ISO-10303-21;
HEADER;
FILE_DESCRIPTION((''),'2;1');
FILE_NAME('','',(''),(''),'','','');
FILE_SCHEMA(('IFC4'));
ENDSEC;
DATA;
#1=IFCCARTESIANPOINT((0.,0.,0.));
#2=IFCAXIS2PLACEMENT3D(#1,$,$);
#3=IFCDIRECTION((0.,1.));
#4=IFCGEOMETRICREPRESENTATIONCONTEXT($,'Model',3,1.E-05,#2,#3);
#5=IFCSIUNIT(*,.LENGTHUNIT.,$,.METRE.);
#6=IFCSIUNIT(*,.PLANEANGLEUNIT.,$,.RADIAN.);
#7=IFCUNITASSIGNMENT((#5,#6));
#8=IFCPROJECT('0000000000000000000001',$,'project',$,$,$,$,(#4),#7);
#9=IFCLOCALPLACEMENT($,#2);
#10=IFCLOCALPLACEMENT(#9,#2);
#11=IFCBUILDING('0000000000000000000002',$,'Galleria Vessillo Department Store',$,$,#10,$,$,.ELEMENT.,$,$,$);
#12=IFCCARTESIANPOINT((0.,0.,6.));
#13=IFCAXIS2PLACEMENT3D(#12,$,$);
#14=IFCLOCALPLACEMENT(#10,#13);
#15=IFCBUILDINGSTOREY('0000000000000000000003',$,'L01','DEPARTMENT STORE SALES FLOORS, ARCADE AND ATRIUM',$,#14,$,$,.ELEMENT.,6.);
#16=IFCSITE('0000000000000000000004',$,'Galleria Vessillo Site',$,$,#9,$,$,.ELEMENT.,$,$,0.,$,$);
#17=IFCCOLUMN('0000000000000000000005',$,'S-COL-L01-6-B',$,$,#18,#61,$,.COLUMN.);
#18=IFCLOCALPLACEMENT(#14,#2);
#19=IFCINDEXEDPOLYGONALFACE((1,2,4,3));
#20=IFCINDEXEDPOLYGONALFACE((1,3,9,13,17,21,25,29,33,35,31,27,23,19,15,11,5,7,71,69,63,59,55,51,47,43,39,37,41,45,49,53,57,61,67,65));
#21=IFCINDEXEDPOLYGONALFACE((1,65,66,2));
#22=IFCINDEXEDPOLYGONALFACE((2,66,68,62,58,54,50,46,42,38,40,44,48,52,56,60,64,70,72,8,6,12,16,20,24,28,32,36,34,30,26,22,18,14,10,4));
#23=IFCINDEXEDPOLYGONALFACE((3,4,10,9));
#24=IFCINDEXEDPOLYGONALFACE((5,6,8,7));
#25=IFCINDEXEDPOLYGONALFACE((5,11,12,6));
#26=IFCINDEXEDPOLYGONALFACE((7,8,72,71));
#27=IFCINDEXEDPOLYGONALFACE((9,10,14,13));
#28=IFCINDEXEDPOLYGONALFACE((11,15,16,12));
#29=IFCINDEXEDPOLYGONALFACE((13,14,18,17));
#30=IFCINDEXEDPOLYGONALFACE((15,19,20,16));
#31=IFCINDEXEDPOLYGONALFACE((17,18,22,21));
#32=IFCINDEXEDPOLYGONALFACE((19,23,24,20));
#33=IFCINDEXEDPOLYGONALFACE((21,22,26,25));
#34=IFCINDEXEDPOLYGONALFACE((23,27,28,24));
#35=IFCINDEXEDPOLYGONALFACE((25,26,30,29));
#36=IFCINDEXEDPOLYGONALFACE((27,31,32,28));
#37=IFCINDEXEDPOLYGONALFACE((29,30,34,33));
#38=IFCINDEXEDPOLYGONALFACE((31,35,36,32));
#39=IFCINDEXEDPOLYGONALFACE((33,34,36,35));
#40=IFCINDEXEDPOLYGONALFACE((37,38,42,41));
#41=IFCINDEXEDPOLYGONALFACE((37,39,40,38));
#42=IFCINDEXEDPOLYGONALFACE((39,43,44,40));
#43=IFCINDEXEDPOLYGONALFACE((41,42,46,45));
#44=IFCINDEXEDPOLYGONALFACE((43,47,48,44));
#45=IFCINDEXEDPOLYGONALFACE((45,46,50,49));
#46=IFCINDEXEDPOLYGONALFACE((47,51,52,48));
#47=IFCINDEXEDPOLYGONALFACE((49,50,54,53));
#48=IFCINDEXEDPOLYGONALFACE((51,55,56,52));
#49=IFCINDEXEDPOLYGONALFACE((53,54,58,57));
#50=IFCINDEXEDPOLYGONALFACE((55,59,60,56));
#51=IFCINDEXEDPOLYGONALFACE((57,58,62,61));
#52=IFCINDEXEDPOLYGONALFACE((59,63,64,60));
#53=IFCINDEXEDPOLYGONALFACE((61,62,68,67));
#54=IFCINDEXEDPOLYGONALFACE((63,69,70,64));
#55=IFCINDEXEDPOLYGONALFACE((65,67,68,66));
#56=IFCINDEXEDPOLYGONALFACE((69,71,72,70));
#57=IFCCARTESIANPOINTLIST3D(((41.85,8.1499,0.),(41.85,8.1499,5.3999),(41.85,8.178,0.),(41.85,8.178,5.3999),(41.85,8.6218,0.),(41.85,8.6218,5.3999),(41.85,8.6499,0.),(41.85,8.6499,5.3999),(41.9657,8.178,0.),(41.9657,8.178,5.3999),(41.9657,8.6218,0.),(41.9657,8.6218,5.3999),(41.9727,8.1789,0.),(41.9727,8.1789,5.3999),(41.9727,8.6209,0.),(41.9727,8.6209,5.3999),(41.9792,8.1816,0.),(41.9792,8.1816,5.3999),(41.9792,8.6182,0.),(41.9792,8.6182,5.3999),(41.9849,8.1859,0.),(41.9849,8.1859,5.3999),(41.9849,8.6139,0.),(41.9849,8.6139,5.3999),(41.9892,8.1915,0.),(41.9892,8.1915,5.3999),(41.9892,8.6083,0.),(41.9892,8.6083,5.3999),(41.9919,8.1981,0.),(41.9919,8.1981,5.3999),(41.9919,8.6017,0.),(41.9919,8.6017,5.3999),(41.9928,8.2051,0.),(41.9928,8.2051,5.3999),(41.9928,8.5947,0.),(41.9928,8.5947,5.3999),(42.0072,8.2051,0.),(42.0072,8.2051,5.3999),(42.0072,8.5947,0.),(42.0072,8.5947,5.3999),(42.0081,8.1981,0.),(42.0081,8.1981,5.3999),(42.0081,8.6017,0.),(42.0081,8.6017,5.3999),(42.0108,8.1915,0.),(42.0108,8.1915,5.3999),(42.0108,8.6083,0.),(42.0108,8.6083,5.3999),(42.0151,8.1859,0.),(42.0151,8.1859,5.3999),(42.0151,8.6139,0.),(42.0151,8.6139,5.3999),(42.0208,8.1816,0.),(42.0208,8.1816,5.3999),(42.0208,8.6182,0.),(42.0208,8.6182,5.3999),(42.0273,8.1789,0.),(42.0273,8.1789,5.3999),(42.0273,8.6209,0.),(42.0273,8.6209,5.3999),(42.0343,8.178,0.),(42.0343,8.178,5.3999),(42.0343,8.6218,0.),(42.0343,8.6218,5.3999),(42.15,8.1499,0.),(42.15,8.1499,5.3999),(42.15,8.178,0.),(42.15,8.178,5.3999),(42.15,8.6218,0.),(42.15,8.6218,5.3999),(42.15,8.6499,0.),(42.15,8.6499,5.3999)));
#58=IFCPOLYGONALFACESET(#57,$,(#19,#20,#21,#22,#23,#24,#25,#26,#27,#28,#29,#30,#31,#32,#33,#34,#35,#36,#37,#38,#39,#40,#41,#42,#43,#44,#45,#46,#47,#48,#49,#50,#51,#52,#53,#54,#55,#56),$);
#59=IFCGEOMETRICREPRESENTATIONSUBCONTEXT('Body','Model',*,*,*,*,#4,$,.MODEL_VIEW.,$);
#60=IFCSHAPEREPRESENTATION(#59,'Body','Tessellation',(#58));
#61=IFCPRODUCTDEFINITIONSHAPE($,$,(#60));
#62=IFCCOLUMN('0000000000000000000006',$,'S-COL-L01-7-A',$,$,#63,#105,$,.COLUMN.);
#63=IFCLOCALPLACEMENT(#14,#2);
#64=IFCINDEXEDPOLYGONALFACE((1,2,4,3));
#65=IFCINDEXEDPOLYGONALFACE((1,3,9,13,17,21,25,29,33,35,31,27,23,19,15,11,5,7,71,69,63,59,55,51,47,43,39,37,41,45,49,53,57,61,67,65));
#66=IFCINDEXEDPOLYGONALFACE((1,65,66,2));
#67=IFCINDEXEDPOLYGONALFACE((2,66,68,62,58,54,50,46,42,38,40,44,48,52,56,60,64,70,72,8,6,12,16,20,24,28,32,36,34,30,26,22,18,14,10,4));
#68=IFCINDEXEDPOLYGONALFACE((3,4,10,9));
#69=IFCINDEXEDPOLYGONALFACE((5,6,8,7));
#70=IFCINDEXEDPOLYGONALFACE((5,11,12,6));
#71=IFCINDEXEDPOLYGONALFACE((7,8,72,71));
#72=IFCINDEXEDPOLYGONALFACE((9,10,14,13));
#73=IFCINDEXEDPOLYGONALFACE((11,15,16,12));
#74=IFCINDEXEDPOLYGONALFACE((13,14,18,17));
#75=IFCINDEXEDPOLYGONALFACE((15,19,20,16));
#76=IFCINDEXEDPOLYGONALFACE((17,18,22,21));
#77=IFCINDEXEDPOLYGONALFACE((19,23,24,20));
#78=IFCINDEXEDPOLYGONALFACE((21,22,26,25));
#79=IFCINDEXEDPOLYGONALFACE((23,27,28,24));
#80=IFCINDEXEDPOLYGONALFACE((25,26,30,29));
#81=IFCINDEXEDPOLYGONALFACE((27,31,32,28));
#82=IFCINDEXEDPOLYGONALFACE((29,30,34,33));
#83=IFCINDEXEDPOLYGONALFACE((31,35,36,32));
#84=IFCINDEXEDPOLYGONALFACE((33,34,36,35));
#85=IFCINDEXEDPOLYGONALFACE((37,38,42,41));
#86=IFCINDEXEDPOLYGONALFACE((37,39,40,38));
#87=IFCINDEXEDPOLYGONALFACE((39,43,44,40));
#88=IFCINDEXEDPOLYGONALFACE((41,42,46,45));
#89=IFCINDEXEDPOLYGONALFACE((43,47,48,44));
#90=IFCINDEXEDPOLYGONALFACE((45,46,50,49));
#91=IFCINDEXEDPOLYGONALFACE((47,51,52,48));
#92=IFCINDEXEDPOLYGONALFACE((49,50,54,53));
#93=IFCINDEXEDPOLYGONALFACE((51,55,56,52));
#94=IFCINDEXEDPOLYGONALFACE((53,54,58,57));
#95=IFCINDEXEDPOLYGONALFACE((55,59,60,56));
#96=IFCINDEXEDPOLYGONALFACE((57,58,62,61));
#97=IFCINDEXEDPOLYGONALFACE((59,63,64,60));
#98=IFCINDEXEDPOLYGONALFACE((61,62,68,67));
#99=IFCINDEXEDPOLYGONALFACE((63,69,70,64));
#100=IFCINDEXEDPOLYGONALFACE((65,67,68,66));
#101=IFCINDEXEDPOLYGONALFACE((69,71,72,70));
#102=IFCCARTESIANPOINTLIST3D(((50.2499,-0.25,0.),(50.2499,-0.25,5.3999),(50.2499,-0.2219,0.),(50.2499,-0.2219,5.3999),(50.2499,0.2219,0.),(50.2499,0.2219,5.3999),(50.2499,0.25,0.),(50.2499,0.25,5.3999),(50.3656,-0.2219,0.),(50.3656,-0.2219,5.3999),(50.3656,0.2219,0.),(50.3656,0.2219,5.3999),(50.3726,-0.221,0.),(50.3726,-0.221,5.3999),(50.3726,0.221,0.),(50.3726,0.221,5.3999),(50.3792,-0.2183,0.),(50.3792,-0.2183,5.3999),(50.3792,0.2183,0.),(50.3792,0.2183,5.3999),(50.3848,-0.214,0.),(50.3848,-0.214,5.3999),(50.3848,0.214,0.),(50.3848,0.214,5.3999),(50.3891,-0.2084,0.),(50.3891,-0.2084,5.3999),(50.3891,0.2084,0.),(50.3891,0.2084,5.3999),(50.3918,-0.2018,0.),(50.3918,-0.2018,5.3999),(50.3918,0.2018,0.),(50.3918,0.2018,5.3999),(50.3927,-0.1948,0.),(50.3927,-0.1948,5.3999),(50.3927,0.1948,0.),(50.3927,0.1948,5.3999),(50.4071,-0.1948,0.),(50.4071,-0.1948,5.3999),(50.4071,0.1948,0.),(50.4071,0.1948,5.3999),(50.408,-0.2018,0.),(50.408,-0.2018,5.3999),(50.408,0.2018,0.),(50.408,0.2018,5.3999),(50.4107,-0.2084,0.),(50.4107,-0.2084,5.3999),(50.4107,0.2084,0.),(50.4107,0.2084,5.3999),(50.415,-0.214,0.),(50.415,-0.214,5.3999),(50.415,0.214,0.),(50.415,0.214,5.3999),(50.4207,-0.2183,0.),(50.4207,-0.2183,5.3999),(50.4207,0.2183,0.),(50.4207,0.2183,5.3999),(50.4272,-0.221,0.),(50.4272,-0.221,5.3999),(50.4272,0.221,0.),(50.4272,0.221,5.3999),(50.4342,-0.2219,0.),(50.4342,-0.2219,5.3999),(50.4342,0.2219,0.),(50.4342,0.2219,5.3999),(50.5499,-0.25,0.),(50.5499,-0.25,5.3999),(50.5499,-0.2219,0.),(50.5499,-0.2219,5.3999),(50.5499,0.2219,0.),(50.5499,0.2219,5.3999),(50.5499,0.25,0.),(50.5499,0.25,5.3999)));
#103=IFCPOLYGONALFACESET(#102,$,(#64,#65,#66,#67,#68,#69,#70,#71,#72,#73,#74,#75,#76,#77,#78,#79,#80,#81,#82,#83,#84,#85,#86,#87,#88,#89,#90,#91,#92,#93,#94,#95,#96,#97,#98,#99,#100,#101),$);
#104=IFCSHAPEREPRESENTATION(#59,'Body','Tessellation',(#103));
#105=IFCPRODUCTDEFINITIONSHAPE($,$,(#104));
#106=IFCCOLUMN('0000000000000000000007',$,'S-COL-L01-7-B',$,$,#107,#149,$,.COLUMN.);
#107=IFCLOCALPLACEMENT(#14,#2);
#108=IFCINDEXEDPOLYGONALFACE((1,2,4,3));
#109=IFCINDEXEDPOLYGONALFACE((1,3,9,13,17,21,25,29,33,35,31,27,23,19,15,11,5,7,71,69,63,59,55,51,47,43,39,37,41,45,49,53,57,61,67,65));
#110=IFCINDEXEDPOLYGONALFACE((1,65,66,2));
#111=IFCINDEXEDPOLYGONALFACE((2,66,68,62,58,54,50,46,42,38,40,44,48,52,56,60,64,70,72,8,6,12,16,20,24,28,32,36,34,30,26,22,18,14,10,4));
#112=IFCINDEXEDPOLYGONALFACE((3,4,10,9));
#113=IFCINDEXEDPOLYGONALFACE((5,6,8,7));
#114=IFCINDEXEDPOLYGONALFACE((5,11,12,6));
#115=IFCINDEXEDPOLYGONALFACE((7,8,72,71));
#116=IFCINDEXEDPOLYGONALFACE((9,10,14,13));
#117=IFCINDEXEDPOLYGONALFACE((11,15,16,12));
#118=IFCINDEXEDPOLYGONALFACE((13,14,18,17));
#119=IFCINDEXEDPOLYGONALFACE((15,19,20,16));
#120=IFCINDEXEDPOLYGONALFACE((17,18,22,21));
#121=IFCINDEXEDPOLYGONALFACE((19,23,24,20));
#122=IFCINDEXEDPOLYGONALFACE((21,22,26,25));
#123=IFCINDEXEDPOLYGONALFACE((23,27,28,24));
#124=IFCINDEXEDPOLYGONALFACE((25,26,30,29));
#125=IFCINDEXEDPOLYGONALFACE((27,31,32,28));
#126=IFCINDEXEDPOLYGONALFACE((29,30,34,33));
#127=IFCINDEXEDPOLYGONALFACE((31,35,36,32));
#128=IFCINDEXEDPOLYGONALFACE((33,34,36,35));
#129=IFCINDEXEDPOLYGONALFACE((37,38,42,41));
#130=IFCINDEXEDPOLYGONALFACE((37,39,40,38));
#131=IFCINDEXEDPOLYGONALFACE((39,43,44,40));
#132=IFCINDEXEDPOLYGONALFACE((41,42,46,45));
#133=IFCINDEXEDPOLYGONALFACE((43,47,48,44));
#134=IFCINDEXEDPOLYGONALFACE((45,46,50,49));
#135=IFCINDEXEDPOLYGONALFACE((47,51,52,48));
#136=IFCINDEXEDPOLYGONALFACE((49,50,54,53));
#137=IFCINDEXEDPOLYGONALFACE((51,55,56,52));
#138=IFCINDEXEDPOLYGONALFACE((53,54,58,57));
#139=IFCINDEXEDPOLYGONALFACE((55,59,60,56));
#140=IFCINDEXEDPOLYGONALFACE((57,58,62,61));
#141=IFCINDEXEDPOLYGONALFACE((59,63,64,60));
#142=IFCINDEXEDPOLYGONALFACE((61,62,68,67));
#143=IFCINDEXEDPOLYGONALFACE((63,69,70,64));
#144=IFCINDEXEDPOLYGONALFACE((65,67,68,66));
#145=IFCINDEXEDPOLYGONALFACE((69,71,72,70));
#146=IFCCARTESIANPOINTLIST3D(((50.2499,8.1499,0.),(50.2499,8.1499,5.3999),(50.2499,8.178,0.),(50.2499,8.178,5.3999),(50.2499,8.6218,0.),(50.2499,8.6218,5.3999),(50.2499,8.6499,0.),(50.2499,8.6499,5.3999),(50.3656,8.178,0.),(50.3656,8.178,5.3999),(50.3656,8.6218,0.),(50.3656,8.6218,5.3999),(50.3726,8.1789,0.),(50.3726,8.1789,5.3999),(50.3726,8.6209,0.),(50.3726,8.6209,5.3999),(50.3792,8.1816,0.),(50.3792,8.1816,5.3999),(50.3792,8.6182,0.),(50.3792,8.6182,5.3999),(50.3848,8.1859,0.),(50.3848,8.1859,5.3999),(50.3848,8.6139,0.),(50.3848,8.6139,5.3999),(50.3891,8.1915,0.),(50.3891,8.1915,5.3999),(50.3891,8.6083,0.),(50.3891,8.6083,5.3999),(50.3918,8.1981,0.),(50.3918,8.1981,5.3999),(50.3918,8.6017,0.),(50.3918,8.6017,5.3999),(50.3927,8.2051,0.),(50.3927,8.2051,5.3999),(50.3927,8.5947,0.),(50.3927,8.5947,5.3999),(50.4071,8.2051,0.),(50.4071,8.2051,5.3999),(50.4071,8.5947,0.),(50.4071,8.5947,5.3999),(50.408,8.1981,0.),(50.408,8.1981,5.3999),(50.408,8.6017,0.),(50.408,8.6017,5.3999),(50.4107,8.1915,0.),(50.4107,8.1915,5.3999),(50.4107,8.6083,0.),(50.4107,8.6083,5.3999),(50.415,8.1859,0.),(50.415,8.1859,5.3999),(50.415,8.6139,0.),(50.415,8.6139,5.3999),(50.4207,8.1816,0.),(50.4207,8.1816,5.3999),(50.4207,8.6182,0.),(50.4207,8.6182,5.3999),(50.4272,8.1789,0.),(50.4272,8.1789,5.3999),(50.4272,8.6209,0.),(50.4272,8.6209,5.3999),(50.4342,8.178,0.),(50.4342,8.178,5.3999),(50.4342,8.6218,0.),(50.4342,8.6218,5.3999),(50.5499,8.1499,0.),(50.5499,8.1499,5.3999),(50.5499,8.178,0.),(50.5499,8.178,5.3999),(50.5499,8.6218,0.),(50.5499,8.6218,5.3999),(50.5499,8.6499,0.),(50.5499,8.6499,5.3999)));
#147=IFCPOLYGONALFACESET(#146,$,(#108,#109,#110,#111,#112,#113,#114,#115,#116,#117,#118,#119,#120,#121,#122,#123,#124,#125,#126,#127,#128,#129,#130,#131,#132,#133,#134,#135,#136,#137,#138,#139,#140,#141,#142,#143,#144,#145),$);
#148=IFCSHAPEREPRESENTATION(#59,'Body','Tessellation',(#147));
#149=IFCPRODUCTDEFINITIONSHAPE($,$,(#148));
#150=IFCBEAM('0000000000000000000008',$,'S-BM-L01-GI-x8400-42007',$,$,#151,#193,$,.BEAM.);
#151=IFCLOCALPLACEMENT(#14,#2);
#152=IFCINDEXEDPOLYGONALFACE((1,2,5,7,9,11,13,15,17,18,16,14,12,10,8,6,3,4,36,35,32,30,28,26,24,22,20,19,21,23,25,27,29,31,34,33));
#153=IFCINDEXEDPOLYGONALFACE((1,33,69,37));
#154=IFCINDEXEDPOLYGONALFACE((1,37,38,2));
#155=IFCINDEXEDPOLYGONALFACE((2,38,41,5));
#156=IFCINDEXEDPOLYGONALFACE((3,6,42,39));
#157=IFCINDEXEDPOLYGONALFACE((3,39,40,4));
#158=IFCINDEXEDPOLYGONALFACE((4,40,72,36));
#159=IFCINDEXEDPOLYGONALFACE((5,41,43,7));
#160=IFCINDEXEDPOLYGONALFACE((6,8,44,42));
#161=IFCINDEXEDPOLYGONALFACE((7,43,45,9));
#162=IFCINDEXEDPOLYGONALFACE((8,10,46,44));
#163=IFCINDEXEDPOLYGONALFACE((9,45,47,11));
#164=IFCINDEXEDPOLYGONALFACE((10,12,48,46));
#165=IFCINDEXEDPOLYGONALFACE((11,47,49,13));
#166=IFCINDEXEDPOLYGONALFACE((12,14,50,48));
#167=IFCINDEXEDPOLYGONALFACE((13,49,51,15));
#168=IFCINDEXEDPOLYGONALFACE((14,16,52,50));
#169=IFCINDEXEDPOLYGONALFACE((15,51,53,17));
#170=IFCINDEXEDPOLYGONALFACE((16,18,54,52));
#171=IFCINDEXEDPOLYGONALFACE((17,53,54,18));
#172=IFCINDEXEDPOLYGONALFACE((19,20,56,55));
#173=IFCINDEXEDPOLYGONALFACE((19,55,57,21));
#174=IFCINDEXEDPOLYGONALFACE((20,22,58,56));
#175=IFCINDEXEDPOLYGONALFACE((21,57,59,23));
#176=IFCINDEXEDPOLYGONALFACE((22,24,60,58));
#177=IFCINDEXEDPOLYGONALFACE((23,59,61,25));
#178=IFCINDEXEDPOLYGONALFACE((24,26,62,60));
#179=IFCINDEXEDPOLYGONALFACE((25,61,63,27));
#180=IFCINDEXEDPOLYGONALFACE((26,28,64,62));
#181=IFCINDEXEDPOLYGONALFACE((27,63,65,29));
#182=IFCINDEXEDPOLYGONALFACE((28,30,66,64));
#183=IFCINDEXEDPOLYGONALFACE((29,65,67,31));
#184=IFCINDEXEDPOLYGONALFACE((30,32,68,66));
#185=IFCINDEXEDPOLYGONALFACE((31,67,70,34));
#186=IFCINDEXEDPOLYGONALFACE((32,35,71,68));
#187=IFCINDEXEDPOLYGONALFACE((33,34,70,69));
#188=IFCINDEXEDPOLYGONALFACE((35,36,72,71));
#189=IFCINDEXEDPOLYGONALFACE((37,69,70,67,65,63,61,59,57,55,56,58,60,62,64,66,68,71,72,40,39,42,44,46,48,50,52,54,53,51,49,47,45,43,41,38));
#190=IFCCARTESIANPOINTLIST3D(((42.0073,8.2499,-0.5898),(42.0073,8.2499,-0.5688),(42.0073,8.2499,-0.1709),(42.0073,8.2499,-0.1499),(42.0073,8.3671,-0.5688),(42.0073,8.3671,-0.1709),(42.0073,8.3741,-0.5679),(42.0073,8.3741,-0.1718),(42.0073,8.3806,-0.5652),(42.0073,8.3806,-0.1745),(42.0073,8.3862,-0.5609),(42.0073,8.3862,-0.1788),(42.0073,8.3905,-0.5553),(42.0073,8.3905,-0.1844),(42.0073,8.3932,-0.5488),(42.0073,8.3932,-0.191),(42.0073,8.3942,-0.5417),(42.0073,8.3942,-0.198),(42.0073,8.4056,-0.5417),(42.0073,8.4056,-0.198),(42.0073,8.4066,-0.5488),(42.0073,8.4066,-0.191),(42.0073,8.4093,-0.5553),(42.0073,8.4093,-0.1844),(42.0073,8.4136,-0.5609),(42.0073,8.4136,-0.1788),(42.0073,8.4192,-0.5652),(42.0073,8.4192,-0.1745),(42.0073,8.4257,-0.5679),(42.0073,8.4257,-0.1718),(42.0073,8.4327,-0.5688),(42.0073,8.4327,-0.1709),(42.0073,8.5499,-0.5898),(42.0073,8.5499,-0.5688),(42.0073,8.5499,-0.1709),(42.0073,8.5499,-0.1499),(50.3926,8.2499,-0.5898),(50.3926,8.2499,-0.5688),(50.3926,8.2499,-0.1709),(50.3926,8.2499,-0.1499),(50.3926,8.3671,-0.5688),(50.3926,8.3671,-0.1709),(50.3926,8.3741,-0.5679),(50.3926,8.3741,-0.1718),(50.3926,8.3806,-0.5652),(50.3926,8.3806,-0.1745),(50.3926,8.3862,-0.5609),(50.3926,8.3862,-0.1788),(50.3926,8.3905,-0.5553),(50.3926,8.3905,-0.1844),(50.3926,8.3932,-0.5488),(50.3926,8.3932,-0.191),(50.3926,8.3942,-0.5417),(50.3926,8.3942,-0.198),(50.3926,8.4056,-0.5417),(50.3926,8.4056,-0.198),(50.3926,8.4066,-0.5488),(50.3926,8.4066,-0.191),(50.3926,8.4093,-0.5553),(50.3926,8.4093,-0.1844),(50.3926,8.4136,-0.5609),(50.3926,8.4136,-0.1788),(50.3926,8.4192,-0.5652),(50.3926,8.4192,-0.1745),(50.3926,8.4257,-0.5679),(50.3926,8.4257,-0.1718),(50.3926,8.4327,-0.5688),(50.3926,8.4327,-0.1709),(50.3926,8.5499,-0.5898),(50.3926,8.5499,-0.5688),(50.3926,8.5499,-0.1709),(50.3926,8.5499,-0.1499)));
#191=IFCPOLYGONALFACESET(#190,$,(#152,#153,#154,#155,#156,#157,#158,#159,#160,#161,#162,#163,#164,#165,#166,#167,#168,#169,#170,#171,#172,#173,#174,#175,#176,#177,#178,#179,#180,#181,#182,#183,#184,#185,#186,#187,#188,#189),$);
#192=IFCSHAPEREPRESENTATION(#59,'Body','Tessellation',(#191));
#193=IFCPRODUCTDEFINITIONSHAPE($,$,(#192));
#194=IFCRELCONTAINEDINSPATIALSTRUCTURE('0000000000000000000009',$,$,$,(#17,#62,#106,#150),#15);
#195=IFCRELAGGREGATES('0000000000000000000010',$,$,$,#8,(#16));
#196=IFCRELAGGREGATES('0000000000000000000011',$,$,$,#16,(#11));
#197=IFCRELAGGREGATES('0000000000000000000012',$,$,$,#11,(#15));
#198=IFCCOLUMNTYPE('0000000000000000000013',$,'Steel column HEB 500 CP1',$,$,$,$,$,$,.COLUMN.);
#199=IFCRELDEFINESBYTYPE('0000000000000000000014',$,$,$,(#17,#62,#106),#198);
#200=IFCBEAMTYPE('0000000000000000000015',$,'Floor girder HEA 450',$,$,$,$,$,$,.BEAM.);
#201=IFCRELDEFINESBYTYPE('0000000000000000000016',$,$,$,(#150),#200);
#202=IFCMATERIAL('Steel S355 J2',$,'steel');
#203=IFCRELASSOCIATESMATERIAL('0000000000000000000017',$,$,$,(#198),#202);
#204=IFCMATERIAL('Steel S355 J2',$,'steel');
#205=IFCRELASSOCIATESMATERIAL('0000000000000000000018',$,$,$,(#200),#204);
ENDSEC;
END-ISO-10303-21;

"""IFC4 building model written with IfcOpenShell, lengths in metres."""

from ifc_helpers import new_model, si_unit, direction, frame, origin, origin_2d, place, context, subcontext, project, spatial, i_section, extrude, material, material_profile, profile_set, type_object, element, save


model = new_model("IFC4")

# Units and contexts
model_context = context("Model", 3, precision=1e-05, world=origin(), true_north=direction((0.0, 1.0)))
body_context = subcontext(model_context, "Body", "Model", "MODEL_VIEW")
ifc_project = project(units=[si_unit("LENGTHUNIT", "METRE"), si_unit("PLANEANGLEUNIT", "RADIAN")], contexts=[model_context])

# Site, building, storey
site_placement = place(None, origin())
site = spatial("IfcSite", under=ifc_project, at=site_placement, Name="Galleria Vessillo Site", CompositionType="ELEMENT", RefElevation=0.0)
building_placement = place(site_placement, origin())
building = spatial("IfcBuilding", under=site, at=building_placement, Name="Galleria Vessillo Department Store", CompositionType="ELEMENT")
storey_placement = place(building_placement, frame((0.0, 0.0, 6.0)))
storey = spatial("IfcBuildingStorey", under=building, at=storey_placement, Name="L01", Description="DEPARTMENT STORE SALES FLOORS, ARCADE AND ATRIUM", CompositionType="ELEMENT", Elevation=6.0)

# Columns
ifc_material_1 = material(Name="Steel S355 J2", Category="steel")
ifc_material_profile_1 = material_profile(ifc_material_1, i_section(OverallWidth=0.3, OverallDepth=0.5, WebThickness=0.0144, FlangeThickness=0.0281, FilletRadius=0.0271, at=origin_2d()), Name="HEB 500")
ifc_profile_set_1 = profile_set([ifc_material_profile_1], Name="Steel S355 J2")
column_type = type_object("IfcColumnType", Name="Steel column HEB 500 CP1", PredefinedType="COLUMN", material=ifc_profile_set_1)
for number, where, z_axis, x_axis, name in (
    (1, (42.0, 8.3999, 0.0), (0.0, 0.0, 1.0), (1.0, 0.0, 0.0), "S-COL-L01-6-B"),
    (2, (50.3999, 0.0, 0.0), (0.0, 0.0, 1.0), (1.0, 0.0, 0.0), "S-COL-L01-7-A"),
    (3, (50.3999, 8.3999, 0.0), (0.0, 0.0, 1.0), (1.0, 0.0, 0.0), "S-COL-L01-7-B"),
):
    element("IfcColumn", number, at=place(storey_placement, frame(where, z_axis=z_axis, x_axis=x_axis)), inside=storey, type_object=column_type, Name=name, PredefinedType="COLUMN", context=body_context, shape_type="SweptSolid", body=[
        extrude(i_section(OverallWidth=0.3, OverallDepth=0.5, WebThickness=0.0144, FlangeThickness=0.0281, FilletRadius=0.0271, at=origin_2d()), origin(), (0.0, 0.0, 1.0), 5.3999),
    ])

# Beam
ifc_material_2 = material(Name="Steel S355 J2", Category="steel")
ifc_material_profile_2 = material_profile(ifc_material_2, i_section(OverallWidth=0.3, OverallDepth=0.4399, WebThickness=0.0115, FlangeThickness=0.021, FilletRadius=0.0271, at=origin_2d()), Name="HEA 450")
ifc_profile_set_2 = profile_set([ifc_material_profile_2], Name="Steel S355 J2")
beam_type_1 = type_object("IfcBeamType", Name="Floor girder HEA 450", PredefinedType="BEAM", material=ifc_profile_set_2)
beam_placement = place(storey_placement, frame((42.0073, 8.3999, -0.3699), z_axis=(1.0, 0.0, 0.0), x_axis=(0.0, 1.0, 0.0)))
element("IfcBeam", 4, at=beam_placement, inside=storey, type_object=beam_type_1, Name="S-BM-L01-GI-x8400-42007", PredefinedType="BEAM", context=body_context, shape_type="SweptSolid", body=[
    extrude(i_section(OverallWidth=0.3, OverallDepth=0.4399, WebThickness=0.0115, FlangeThickness=0.021, FilletRadius=0.0271, at=origin_2d()), origin(), (0.0, 0.0, 1.0), 8.3853),
])

save(model, "model.ifc")
